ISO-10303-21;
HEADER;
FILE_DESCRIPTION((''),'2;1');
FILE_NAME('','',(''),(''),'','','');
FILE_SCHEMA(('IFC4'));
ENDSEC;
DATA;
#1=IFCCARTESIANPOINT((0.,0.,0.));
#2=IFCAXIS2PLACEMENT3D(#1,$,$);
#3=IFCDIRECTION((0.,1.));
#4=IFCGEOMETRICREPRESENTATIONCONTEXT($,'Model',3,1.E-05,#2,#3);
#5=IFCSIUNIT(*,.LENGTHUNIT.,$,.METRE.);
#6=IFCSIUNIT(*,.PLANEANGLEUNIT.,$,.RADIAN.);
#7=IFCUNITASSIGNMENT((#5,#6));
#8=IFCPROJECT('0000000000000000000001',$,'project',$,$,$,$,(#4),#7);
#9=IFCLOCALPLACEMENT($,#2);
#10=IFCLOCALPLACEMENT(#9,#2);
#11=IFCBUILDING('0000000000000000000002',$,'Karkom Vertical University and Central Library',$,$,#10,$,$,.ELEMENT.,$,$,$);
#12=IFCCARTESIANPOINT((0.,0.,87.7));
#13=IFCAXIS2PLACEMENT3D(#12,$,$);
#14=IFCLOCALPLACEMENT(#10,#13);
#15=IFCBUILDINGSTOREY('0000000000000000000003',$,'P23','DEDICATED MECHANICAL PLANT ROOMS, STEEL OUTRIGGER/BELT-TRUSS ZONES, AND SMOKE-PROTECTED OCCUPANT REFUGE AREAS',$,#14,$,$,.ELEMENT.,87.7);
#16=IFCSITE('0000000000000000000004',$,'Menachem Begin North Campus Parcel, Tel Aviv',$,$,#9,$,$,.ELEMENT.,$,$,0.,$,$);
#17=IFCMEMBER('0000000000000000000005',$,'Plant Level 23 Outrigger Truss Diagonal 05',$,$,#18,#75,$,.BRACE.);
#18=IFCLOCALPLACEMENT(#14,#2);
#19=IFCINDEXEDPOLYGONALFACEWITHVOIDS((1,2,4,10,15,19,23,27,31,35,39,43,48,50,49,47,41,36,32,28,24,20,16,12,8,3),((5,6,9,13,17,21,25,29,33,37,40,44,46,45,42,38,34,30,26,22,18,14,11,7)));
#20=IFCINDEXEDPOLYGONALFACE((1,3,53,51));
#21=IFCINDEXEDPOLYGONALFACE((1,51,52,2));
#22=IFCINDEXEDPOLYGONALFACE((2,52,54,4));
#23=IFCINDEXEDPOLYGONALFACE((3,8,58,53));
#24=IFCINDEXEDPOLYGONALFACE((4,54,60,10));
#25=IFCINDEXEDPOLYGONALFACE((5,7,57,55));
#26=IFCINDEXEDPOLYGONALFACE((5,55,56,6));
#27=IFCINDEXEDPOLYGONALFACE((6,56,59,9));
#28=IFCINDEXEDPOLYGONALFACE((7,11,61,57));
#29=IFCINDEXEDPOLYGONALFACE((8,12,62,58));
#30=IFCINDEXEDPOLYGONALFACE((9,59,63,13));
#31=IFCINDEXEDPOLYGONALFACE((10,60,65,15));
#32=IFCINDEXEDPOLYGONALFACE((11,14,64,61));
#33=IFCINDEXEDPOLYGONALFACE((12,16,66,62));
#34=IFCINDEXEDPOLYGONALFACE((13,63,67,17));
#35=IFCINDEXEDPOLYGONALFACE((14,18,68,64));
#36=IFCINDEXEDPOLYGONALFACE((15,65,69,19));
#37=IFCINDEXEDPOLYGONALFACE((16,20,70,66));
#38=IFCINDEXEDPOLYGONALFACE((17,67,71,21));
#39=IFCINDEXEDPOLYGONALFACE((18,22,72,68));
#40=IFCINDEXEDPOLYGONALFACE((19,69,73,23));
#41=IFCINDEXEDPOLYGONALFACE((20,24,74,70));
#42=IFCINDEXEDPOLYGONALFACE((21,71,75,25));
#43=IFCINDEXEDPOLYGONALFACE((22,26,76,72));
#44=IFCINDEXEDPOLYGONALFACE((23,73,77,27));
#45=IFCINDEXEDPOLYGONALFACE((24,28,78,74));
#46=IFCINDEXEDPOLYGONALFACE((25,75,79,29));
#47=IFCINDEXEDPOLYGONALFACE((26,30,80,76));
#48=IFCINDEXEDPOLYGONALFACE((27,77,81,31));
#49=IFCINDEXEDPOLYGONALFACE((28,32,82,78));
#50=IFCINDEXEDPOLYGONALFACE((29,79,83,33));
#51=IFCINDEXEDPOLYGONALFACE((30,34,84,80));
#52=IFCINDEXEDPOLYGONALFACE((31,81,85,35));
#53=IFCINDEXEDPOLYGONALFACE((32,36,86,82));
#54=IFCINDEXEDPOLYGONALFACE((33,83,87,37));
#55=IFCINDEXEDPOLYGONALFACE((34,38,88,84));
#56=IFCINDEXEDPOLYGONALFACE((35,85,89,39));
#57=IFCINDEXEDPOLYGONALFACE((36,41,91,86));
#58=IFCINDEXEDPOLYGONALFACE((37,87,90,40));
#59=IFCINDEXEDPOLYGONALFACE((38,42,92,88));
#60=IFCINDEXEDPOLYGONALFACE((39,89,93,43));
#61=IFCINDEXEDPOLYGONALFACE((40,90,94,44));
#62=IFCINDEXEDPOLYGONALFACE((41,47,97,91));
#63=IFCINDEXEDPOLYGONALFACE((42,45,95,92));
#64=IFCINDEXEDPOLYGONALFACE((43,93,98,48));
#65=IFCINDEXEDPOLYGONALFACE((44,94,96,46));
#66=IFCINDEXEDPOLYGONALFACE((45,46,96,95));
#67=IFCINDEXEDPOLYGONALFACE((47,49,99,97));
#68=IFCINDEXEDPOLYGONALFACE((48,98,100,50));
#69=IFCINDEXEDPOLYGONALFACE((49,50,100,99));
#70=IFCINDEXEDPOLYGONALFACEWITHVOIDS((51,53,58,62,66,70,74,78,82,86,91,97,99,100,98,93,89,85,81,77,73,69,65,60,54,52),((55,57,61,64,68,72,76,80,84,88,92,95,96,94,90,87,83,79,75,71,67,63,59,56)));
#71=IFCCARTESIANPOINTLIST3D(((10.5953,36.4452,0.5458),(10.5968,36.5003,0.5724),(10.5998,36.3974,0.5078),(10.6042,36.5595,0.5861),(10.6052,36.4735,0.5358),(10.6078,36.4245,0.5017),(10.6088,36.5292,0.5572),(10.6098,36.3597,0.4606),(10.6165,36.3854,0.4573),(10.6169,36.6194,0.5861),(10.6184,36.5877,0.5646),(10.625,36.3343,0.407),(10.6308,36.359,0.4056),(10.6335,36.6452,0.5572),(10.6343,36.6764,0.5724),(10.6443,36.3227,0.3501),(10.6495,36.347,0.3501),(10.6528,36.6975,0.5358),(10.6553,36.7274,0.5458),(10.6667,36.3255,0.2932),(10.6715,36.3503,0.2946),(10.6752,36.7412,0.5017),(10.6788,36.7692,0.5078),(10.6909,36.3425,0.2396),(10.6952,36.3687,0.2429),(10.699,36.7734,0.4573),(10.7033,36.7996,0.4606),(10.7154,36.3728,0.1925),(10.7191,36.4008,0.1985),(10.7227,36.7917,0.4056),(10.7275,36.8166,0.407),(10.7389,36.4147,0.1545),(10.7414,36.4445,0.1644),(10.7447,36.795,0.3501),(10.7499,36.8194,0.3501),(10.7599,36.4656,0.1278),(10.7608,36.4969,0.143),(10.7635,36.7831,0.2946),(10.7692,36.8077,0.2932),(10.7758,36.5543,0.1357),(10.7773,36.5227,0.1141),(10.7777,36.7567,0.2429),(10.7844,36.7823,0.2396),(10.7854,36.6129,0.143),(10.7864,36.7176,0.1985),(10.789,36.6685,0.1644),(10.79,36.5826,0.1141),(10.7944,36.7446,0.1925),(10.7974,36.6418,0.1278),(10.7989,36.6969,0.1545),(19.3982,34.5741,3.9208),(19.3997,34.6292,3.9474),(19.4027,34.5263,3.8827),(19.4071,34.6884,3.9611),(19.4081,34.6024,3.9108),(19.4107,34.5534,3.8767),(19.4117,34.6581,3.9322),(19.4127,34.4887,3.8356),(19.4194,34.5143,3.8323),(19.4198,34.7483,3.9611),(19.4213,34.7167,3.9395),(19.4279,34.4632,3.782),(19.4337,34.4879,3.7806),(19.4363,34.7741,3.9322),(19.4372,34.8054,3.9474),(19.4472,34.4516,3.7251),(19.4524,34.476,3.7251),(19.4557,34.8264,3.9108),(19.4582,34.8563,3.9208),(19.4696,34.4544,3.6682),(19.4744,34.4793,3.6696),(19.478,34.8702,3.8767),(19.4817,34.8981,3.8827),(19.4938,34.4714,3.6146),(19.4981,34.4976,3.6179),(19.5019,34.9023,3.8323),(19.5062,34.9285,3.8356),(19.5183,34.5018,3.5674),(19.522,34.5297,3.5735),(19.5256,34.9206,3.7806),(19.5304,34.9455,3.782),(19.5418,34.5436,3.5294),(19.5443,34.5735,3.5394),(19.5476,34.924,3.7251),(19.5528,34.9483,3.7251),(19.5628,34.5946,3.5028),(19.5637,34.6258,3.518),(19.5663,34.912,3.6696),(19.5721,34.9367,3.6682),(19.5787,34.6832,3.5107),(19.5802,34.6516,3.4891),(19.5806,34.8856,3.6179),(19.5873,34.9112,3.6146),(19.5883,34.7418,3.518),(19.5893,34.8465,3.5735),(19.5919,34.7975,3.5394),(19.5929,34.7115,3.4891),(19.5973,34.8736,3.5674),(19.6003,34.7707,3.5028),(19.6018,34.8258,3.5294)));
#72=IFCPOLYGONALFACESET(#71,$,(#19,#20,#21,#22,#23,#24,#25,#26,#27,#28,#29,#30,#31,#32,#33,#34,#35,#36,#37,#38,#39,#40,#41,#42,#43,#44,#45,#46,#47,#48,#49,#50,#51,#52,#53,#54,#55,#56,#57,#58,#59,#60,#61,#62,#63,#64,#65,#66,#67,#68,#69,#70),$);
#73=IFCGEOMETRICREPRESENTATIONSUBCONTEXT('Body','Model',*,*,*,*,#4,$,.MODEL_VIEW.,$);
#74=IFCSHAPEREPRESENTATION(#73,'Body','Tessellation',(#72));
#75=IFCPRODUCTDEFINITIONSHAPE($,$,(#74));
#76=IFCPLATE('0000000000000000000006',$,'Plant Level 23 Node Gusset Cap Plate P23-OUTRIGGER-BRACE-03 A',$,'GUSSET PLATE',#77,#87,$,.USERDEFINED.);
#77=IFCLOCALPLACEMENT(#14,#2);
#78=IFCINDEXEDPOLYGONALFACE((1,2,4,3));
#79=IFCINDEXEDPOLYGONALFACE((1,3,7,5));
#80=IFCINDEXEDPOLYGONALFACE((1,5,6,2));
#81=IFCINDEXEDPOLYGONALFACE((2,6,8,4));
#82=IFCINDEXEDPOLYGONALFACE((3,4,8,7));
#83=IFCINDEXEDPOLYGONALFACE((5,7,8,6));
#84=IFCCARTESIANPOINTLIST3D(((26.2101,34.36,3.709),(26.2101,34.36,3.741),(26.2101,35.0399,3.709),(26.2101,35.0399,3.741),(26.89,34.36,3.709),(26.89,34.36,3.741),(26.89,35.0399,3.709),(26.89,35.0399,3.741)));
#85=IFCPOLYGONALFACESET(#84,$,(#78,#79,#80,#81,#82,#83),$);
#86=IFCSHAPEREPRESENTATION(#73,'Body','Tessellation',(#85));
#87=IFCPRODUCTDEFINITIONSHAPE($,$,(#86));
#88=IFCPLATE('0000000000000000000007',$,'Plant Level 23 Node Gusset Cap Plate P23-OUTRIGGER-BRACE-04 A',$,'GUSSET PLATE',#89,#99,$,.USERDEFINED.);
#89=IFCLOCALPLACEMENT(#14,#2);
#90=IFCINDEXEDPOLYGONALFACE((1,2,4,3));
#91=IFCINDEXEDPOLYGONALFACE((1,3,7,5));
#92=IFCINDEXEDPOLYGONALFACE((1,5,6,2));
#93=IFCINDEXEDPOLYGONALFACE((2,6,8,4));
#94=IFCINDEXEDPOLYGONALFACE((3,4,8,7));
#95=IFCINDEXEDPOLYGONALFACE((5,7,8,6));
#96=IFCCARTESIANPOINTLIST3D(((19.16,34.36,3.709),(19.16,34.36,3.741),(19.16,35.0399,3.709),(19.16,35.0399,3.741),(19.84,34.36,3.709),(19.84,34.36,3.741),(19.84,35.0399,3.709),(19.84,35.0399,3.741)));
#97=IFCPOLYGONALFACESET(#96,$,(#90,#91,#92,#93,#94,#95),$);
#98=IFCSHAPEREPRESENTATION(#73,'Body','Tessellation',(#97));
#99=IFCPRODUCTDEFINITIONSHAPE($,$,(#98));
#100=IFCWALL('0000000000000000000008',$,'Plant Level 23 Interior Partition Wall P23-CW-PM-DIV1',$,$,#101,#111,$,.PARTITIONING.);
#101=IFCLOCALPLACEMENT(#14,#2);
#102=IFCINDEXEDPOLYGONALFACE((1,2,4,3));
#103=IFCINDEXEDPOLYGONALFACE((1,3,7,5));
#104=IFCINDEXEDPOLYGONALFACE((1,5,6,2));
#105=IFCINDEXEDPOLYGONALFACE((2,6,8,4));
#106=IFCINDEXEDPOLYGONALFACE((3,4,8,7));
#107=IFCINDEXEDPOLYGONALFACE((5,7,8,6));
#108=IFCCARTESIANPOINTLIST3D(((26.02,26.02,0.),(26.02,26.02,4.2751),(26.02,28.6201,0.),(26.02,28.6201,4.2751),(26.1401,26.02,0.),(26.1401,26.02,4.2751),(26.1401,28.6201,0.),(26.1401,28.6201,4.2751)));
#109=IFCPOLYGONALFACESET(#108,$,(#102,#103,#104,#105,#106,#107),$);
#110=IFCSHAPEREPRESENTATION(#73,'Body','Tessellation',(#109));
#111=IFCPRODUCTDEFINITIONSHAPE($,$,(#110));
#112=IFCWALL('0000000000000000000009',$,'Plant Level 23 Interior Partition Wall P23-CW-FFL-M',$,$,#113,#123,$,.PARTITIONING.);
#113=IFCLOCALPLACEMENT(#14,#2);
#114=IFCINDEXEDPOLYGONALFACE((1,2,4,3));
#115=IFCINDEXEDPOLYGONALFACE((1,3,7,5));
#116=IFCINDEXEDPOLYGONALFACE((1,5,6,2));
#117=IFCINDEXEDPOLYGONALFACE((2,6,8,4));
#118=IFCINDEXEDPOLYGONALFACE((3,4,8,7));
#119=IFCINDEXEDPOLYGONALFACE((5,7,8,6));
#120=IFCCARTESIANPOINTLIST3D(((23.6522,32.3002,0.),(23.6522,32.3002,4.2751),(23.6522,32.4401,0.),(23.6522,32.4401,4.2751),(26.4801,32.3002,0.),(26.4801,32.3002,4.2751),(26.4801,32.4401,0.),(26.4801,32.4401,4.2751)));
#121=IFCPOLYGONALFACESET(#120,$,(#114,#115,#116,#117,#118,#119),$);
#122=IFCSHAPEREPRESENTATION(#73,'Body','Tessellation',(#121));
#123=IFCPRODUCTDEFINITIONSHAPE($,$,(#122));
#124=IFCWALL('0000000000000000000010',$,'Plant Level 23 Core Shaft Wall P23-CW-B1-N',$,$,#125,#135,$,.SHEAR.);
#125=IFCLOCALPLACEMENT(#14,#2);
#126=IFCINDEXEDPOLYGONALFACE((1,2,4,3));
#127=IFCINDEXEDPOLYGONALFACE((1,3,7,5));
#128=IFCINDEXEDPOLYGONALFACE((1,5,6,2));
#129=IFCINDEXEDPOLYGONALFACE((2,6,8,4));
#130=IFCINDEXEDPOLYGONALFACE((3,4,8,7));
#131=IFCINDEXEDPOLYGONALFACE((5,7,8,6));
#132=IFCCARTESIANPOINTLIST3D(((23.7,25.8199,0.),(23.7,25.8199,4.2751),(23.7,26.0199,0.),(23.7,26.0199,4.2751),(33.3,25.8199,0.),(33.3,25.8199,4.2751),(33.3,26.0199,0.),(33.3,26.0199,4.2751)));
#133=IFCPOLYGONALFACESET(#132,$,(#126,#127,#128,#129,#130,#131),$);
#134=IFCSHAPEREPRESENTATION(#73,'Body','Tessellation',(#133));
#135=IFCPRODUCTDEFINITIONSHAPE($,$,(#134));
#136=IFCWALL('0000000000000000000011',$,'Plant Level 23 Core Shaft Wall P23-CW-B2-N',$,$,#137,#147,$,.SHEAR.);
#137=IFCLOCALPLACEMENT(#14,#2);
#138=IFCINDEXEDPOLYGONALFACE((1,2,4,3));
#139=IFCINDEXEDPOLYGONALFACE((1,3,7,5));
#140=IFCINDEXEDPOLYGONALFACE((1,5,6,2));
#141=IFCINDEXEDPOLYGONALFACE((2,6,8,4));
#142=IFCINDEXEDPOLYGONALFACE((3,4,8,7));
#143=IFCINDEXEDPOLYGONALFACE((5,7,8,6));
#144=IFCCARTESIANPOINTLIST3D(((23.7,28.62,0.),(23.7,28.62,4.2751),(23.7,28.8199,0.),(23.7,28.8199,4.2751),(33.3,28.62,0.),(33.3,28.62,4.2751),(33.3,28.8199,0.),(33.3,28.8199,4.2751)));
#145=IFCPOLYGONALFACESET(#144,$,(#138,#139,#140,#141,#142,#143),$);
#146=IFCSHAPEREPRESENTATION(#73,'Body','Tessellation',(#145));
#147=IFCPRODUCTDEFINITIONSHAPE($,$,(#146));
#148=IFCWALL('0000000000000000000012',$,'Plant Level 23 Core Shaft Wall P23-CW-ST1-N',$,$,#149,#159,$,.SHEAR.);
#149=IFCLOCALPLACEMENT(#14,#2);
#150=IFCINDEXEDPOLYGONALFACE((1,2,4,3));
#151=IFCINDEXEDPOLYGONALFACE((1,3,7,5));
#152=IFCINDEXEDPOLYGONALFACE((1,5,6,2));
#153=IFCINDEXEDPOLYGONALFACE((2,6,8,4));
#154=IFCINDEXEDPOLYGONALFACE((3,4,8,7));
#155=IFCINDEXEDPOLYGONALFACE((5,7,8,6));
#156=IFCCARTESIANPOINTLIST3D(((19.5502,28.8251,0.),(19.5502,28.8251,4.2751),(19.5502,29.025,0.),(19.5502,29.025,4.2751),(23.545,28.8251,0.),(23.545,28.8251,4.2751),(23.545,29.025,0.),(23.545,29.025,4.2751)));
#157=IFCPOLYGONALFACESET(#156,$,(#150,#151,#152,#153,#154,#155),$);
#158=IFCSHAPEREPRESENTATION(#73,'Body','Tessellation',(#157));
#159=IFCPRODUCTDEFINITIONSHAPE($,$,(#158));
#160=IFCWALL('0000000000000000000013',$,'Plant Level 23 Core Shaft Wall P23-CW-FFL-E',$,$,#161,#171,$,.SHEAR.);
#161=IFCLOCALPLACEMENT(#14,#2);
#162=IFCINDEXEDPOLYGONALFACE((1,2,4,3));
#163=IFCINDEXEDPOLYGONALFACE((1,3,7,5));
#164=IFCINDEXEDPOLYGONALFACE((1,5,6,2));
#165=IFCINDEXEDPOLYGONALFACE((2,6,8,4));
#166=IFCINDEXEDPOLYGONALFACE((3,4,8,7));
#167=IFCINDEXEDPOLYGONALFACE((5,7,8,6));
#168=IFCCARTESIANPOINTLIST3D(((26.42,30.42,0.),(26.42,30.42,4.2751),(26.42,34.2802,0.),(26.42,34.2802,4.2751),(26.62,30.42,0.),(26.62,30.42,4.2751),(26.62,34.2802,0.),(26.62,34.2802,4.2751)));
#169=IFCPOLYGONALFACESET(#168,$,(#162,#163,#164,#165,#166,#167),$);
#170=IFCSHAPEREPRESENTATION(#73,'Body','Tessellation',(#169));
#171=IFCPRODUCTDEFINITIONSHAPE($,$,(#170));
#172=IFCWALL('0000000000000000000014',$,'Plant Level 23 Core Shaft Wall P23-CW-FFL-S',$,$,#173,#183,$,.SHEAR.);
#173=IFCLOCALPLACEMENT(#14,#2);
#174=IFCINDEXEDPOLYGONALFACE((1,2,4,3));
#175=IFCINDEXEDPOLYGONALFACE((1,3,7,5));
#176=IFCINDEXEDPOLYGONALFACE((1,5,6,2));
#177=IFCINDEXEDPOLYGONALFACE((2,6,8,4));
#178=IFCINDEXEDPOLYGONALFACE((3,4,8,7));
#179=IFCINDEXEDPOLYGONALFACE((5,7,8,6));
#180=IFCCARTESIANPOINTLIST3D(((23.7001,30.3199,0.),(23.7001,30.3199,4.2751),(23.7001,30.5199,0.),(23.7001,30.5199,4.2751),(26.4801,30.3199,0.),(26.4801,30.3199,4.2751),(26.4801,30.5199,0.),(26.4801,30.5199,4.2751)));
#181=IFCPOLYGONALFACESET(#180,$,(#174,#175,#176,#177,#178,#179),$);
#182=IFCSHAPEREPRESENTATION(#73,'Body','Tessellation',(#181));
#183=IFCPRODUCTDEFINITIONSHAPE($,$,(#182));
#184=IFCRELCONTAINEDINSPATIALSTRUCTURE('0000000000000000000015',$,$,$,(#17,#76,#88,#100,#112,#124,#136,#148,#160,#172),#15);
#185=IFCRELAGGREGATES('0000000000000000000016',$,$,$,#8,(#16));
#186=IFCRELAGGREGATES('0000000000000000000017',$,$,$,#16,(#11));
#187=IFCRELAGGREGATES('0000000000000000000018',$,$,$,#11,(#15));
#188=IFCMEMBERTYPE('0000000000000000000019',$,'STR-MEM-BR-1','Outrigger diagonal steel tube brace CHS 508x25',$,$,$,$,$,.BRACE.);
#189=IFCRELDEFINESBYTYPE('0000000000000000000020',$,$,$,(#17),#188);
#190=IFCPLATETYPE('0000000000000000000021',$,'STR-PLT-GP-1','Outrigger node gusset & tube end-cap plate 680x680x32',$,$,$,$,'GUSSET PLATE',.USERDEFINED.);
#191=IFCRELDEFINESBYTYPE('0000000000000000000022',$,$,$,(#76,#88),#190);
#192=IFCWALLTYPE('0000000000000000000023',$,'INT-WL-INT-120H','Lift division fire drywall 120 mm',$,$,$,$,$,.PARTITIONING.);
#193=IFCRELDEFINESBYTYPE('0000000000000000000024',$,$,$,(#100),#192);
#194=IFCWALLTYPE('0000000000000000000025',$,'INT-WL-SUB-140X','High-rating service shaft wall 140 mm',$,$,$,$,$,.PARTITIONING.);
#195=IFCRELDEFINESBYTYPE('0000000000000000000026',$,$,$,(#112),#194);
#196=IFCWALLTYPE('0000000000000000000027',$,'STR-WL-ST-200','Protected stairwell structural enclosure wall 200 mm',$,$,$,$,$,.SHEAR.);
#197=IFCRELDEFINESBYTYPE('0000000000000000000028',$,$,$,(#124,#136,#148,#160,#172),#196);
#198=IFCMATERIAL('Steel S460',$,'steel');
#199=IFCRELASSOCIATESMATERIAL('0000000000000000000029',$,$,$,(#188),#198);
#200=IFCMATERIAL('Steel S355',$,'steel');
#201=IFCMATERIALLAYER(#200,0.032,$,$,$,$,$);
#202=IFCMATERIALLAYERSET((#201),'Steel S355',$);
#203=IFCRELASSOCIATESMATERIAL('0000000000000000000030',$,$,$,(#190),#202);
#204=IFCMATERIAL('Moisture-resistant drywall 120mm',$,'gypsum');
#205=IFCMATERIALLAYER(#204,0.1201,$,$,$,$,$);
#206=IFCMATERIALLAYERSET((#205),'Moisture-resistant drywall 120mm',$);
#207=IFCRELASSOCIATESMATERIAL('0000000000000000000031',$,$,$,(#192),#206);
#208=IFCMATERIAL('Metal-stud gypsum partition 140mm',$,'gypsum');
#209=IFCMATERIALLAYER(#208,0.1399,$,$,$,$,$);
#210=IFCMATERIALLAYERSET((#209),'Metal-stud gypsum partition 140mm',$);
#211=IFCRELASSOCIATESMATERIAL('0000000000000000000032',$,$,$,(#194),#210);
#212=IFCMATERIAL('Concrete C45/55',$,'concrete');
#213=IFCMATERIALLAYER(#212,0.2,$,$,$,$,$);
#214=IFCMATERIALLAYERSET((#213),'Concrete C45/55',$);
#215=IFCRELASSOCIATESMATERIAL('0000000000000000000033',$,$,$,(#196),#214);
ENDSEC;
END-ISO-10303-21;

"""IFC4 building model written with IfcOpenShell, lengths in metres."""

from ifc_helpers import new_model, si_unit, direction, frame, frame_2d, origin, origin_with_axes, origin_2d, place, context, subcontext, project, spatial, rectangle, hollow_circle, extrude, source, transform, mapped, material, layer, layer_set, material_profile, profile_set, type_object, element, save


model = new_model("IFC4")

# Units and contexts
model_context = context("Model", 3, precision=1e-05, world=origin(), true_north=direction((0.0, 1.0)))
body_context = subcontext(model_context, "Body", "Model", "MODEL_VIEW")
ifc_project = project(units=[si_unit("LENGTHUNIT", "METRE"), si_unit("PLANEANGLEUNIT", "RADIAN")], contexts=[model_context])

# Site, building, storey
site_placement = place(None, origin())
site = spatial("IfcSite", under=ifc_project, at=site_placement, Name="Menachem Begin North Campus Parcel, Tel Aviv", CompositionType="ELEMENT", RefElevation=0.0)
building_placement = place(site_placement, origin())
building = spatial("IfcBuilding", under=site, at=building_placement, Name="Karkom Vertical University and Central Library", CompositionType="ELEMENT")
storey_placement = place(building_placement, frame((0.0, 0.0, 87.7)))
storey = spatial("IfcBuildingStorey", under=building, at=storey_placement, Name="P23", Description="DEDICATED MECHANICAL PLANT ROOMS, STEEL OUTRIGGER/BELT-TRUSS ZONES, AND SMOKE-PROTECTED OCCUPANT REFUGE AREAS", CompositionType="ELEMENT", Elevation=87.7)

# Member
ifc_material_1 = material(Name="Steel S460", Category="steel")
ifc_material_profile_1 = material_profile(ifc_material_1, hollow_circle(Radius=0.2539, WallThickness=0.0249, at=origin_2d()), Name="CHS 508x25")
ifc_profile_set_1 = profile_set([ifc_material_profile_1], Name="Steel S460")
member_type = type_object("IfcMemberType", Name="STR-MEM-BR-1", Description="Outrigger diagonal steel tube brace CHS 508x25", PredefinedType="BRACE", material=ifc_profile_set_1)
shared_shape_1 = source(origin_with_axes(), body_context, "Body", "SweptSolid", [
    extrude(hollow_circle(Radius=0.2539, WallThickness=0.0249, at=origin_2d()), origin(), (0.0, 0.0, 1.0), 9.6116),
])
member_1_placement = place(storey_placement, frame((19.5, 34.7, 3.7251), z_axis=(-0.915864, 0.194669, -0.351136), x_axis=(-0.207908, -0.978148, 0.0)))
element("IfcMember", 1, at=member_1_placement, inside=storey, type_object=member_type, Name="Plant Level 23 Outrigger Truss Diagonal 05", PredefinedType="BRACE", context=body_context, shape_type="MappedRepresentation", body=[
    mapped(shared_shape_1, transform((0.0, 0.0, 0.0), scale=1.0)),
])

# Plates
ifc_material_2 = material(Name="Steel S355", Category="steel")
ifc_layer_1 = layer(ifc_material_2, 0.032)
ifc_layer_set_1 = layer_set([ifc_layer_1], Name="Steel S355")
plate_type = type_object("IfcPlateType", Name="STR-PLT-GP-1", Description="Outrigger node gusset & tube end-cap plate 680x680x32", ElementType="GUSSET PLATE", PredefinedType="USERDEFINED", material=ifc_layer_set_1)
shared_shape_2 = source(origin_with_axes(), body_context, "Body", "SweptSolid", [
    extrude(rectangle(XDim=0.6799, YDim=0.6799, at=origin_2d()), origin(), (0.0, 0.0, 1.0), 0.032),
])
for number, where, z_axis, x_axis, name in (
    (2, (26.55, 34.7, 3.709), (0.0, 0.0, 1.0), (1.0, 0.0, 0.0), "Plant Level 23 Node Gusset Cap Plate P23-OUTRIGGER-BRACE-03 A"),
    (3, (19.5, 34.7, 3.709), (0.0, 0.0, 1.0), (1.0, 0.0, 0.0), "Plant Level 23 Node Gusset Cap Plate P23-OUTRIGGER-BRACE-04 A"),
):
    element("IfcPlate", number, at=place(storey_placement, frame(where, z_axis=z_axis, x_axis=x_axis)), inside=storey, type_object=plate_type, Name=name, ObjectType="GUSSET PLATE", PredefinedType="USERDEFINED", context=body_context, shape_type="MappedRepresentation", body=[
        mapped(shared_shape_2, transform((0.0, 0.0, 0.0), scale=1.0)),
    ])

# Walls
ifc_material_3 = material(Name="Moisture-resistant drywall 120mm", Category="gypsum")
ifc_layer_2 = layer(ifc_material_3, 0.1201)
ifc_layer_set_2 = layer_set([ifc_layer_2], Name="Moisture-resistant drywall 120mm")
wall_type_1 = type_object("IfcWallType", Name="INT-WL-INT-120H", Description="Lift division fire drywall 120 mm", PredefinedType="PARTITIONING", material=ifc_layer_set_2)
wall_1_placement = place(storey_placement, frame((26.0801, 26.02, 0.0), z_axis=(0.0, 0.0, 1.0), x_axis=(0.0, 1.0, 0.0)))
element("IfcWall", 4, at=wall_1_placement, inside=storey, type_object=wall_type_1, Name="Plant Level 23 Interior Partition Wall P23-CW-PM-DIV1", PredefinedType="PARTITIONING", context=body_context, shape_type="SweptSolid", body=[
    extrude(rectangle(XDim=2.6001, YDim=0.1201, at=frame_2d((1.3, 0.0))), origin(), (0.0, 0.0, 1.0), 4.2751),
])
ifc_material_4 = material(Name="Metal-stud gypsum partition 140mm", Category="gypsum")
ifc_layer_3 = layer(ifc_material_4, 0.1399)
ifc_layer_set_3 = layer_set([ifc_layer_3], Name="Metal-stud gypsum partition 140mm")
wall_type_2 = type_object("IfcWallType", Name="INT-WL-SUB-140X", Description="High-rating service shaft wall 140 mm", PredefinedType="PARTITIONING", material=ifc_layer_set_3)
wall_2_placement = place(storey_placement, frame((23.6521, 32.3701, 0.0), z_axis=(0.0, 0.0, 1.0), x_axis=(1.0, 0.0, 0.0)))
element("IfcWall", 5, at=wall_2_placement, inside=storey, type_object=wall_type_2, Name="Plant Level 23 Interior Partition Wall P23-CW-FFL-M", PredefinedType="PARTITIONING", context=body_context, shape_type="SweptSolid", body=[
    extrude(rectangle(XDim=2.8279, YDim=0.1399, at=frame_2d((1.4141, 0.0))), origin(), (0.0, 0.0, 1.0), 4.2751),
])

# Walls
ifc_material_5 = material(Name="Concrete C45/55", Category="concrete")
ifc_layer_4 = layer(ifc_material_5, 0.2)
ifc_layer_set_4 = layer_set([ifc_layer_4], Name="Concrete C45/55")
wall_type_3 = type_object("IfcWallType", Name="STR-WL-ST-200", Description="Protected stairwell structural enclosure wall 200 mm", PredefinedType="SHEAR", material=ifc_layer_set_4)
for number, where, z_axis, x_axis, name in (
    (6, (23.7, 25.9199, 0.0), (0.0, 0.0, 1.0), (1.0, 0.0, 0.0), "Plant Level 23 Core Shaft Wall P23-CW-B1-N"),
    (7, (23.7, 28.72, 0.0), (0.0, 0.0, 1.0), (1.0, 0.0, 0.0), "Plant Level 23 Core Shaft Wall P23-CW-B2-N"),
):
    element("IfcWall", number, at=place(storey_placement, frame(where, z_axis=z_axis, x_axis=x_axis)), inside=storey, type_object=wall_type_3, Name=name, PredefinedType="SHEAR", context=body_context, shape_type="SweptSolid", body=[
        extrude(rectangle(XDim=9.6001, YDim=0.2, at=frame_2d((4.8, 0.0))), origin(), (0.0, 0.0, 1.0), 4.2751),
    ])
wall_3_placement = place(storey_placement, frame((19.55, 28.925, 0.0), z_axis=(0.0, 0.0, 1.0), x_axis=(1.0, 0.0, 0.0)))
element("IfcWall", 8, at=wall_3_placement, inside=storey, type_object=wall_type_3, Name="Plant Level 23 Core Shaft Wall P23-CW-ST1-N", PredefinedType="SHEAR", context=body_context, shape_type="SweptSolid", body=[
    extrude(rectangle(XDim=3.9949, YDim=0.2, at=frame_2d((1.9976, 0.0))), origin(), (0.0, 0.0, 1.0), 4.2751),
])
wall_4_placement = place(storey_placement, frame((26.52, 30.4199, 0.0), z_axis=(0.0, 0.0, 1.0), x_axis=(0.0, 1.0, 0.0)))
element("IfcWall", 9, at=wall_4_placement, inside=storey, type_object=wall_type_3, Name="Plant Level 23 Core Shaft Wall P23-CW-FFL-E", PredefinedType="SHEAR", context=body_context, shape_type="SweptSolid", body=[
    extrude(rectangle(XDim=3.8601, YDim=0.2, at=frame_2d((1.9302, 0.0))), origin(), (0.0, 0.0, 1.0), 4.2751),
])
wall_5_placement = place(storey_placement, frame((23.7, 30.4199, 0.0), z_axis=(0.0, 0.0, 1.0), x_axis=(1.0, 0.0, 0.0)))
element("IfcWall", 10, at=wall_5_placement, inside=storey, type_object=wall_type_3, Name="Plant Level 23 Core Shaft Wall P23-CW-FFL-S", PredefinedType="SHEAR", context=body_context, shape_type="SweptSolid", body=[
    extrude(rectangle(XDim=2.78, YDim=0.2, at=frame_2d((1.3901, 0.0))), origin(), (0.0, 0.0, 1.0), 4.2751),
])

save(model, "model.ifc")
